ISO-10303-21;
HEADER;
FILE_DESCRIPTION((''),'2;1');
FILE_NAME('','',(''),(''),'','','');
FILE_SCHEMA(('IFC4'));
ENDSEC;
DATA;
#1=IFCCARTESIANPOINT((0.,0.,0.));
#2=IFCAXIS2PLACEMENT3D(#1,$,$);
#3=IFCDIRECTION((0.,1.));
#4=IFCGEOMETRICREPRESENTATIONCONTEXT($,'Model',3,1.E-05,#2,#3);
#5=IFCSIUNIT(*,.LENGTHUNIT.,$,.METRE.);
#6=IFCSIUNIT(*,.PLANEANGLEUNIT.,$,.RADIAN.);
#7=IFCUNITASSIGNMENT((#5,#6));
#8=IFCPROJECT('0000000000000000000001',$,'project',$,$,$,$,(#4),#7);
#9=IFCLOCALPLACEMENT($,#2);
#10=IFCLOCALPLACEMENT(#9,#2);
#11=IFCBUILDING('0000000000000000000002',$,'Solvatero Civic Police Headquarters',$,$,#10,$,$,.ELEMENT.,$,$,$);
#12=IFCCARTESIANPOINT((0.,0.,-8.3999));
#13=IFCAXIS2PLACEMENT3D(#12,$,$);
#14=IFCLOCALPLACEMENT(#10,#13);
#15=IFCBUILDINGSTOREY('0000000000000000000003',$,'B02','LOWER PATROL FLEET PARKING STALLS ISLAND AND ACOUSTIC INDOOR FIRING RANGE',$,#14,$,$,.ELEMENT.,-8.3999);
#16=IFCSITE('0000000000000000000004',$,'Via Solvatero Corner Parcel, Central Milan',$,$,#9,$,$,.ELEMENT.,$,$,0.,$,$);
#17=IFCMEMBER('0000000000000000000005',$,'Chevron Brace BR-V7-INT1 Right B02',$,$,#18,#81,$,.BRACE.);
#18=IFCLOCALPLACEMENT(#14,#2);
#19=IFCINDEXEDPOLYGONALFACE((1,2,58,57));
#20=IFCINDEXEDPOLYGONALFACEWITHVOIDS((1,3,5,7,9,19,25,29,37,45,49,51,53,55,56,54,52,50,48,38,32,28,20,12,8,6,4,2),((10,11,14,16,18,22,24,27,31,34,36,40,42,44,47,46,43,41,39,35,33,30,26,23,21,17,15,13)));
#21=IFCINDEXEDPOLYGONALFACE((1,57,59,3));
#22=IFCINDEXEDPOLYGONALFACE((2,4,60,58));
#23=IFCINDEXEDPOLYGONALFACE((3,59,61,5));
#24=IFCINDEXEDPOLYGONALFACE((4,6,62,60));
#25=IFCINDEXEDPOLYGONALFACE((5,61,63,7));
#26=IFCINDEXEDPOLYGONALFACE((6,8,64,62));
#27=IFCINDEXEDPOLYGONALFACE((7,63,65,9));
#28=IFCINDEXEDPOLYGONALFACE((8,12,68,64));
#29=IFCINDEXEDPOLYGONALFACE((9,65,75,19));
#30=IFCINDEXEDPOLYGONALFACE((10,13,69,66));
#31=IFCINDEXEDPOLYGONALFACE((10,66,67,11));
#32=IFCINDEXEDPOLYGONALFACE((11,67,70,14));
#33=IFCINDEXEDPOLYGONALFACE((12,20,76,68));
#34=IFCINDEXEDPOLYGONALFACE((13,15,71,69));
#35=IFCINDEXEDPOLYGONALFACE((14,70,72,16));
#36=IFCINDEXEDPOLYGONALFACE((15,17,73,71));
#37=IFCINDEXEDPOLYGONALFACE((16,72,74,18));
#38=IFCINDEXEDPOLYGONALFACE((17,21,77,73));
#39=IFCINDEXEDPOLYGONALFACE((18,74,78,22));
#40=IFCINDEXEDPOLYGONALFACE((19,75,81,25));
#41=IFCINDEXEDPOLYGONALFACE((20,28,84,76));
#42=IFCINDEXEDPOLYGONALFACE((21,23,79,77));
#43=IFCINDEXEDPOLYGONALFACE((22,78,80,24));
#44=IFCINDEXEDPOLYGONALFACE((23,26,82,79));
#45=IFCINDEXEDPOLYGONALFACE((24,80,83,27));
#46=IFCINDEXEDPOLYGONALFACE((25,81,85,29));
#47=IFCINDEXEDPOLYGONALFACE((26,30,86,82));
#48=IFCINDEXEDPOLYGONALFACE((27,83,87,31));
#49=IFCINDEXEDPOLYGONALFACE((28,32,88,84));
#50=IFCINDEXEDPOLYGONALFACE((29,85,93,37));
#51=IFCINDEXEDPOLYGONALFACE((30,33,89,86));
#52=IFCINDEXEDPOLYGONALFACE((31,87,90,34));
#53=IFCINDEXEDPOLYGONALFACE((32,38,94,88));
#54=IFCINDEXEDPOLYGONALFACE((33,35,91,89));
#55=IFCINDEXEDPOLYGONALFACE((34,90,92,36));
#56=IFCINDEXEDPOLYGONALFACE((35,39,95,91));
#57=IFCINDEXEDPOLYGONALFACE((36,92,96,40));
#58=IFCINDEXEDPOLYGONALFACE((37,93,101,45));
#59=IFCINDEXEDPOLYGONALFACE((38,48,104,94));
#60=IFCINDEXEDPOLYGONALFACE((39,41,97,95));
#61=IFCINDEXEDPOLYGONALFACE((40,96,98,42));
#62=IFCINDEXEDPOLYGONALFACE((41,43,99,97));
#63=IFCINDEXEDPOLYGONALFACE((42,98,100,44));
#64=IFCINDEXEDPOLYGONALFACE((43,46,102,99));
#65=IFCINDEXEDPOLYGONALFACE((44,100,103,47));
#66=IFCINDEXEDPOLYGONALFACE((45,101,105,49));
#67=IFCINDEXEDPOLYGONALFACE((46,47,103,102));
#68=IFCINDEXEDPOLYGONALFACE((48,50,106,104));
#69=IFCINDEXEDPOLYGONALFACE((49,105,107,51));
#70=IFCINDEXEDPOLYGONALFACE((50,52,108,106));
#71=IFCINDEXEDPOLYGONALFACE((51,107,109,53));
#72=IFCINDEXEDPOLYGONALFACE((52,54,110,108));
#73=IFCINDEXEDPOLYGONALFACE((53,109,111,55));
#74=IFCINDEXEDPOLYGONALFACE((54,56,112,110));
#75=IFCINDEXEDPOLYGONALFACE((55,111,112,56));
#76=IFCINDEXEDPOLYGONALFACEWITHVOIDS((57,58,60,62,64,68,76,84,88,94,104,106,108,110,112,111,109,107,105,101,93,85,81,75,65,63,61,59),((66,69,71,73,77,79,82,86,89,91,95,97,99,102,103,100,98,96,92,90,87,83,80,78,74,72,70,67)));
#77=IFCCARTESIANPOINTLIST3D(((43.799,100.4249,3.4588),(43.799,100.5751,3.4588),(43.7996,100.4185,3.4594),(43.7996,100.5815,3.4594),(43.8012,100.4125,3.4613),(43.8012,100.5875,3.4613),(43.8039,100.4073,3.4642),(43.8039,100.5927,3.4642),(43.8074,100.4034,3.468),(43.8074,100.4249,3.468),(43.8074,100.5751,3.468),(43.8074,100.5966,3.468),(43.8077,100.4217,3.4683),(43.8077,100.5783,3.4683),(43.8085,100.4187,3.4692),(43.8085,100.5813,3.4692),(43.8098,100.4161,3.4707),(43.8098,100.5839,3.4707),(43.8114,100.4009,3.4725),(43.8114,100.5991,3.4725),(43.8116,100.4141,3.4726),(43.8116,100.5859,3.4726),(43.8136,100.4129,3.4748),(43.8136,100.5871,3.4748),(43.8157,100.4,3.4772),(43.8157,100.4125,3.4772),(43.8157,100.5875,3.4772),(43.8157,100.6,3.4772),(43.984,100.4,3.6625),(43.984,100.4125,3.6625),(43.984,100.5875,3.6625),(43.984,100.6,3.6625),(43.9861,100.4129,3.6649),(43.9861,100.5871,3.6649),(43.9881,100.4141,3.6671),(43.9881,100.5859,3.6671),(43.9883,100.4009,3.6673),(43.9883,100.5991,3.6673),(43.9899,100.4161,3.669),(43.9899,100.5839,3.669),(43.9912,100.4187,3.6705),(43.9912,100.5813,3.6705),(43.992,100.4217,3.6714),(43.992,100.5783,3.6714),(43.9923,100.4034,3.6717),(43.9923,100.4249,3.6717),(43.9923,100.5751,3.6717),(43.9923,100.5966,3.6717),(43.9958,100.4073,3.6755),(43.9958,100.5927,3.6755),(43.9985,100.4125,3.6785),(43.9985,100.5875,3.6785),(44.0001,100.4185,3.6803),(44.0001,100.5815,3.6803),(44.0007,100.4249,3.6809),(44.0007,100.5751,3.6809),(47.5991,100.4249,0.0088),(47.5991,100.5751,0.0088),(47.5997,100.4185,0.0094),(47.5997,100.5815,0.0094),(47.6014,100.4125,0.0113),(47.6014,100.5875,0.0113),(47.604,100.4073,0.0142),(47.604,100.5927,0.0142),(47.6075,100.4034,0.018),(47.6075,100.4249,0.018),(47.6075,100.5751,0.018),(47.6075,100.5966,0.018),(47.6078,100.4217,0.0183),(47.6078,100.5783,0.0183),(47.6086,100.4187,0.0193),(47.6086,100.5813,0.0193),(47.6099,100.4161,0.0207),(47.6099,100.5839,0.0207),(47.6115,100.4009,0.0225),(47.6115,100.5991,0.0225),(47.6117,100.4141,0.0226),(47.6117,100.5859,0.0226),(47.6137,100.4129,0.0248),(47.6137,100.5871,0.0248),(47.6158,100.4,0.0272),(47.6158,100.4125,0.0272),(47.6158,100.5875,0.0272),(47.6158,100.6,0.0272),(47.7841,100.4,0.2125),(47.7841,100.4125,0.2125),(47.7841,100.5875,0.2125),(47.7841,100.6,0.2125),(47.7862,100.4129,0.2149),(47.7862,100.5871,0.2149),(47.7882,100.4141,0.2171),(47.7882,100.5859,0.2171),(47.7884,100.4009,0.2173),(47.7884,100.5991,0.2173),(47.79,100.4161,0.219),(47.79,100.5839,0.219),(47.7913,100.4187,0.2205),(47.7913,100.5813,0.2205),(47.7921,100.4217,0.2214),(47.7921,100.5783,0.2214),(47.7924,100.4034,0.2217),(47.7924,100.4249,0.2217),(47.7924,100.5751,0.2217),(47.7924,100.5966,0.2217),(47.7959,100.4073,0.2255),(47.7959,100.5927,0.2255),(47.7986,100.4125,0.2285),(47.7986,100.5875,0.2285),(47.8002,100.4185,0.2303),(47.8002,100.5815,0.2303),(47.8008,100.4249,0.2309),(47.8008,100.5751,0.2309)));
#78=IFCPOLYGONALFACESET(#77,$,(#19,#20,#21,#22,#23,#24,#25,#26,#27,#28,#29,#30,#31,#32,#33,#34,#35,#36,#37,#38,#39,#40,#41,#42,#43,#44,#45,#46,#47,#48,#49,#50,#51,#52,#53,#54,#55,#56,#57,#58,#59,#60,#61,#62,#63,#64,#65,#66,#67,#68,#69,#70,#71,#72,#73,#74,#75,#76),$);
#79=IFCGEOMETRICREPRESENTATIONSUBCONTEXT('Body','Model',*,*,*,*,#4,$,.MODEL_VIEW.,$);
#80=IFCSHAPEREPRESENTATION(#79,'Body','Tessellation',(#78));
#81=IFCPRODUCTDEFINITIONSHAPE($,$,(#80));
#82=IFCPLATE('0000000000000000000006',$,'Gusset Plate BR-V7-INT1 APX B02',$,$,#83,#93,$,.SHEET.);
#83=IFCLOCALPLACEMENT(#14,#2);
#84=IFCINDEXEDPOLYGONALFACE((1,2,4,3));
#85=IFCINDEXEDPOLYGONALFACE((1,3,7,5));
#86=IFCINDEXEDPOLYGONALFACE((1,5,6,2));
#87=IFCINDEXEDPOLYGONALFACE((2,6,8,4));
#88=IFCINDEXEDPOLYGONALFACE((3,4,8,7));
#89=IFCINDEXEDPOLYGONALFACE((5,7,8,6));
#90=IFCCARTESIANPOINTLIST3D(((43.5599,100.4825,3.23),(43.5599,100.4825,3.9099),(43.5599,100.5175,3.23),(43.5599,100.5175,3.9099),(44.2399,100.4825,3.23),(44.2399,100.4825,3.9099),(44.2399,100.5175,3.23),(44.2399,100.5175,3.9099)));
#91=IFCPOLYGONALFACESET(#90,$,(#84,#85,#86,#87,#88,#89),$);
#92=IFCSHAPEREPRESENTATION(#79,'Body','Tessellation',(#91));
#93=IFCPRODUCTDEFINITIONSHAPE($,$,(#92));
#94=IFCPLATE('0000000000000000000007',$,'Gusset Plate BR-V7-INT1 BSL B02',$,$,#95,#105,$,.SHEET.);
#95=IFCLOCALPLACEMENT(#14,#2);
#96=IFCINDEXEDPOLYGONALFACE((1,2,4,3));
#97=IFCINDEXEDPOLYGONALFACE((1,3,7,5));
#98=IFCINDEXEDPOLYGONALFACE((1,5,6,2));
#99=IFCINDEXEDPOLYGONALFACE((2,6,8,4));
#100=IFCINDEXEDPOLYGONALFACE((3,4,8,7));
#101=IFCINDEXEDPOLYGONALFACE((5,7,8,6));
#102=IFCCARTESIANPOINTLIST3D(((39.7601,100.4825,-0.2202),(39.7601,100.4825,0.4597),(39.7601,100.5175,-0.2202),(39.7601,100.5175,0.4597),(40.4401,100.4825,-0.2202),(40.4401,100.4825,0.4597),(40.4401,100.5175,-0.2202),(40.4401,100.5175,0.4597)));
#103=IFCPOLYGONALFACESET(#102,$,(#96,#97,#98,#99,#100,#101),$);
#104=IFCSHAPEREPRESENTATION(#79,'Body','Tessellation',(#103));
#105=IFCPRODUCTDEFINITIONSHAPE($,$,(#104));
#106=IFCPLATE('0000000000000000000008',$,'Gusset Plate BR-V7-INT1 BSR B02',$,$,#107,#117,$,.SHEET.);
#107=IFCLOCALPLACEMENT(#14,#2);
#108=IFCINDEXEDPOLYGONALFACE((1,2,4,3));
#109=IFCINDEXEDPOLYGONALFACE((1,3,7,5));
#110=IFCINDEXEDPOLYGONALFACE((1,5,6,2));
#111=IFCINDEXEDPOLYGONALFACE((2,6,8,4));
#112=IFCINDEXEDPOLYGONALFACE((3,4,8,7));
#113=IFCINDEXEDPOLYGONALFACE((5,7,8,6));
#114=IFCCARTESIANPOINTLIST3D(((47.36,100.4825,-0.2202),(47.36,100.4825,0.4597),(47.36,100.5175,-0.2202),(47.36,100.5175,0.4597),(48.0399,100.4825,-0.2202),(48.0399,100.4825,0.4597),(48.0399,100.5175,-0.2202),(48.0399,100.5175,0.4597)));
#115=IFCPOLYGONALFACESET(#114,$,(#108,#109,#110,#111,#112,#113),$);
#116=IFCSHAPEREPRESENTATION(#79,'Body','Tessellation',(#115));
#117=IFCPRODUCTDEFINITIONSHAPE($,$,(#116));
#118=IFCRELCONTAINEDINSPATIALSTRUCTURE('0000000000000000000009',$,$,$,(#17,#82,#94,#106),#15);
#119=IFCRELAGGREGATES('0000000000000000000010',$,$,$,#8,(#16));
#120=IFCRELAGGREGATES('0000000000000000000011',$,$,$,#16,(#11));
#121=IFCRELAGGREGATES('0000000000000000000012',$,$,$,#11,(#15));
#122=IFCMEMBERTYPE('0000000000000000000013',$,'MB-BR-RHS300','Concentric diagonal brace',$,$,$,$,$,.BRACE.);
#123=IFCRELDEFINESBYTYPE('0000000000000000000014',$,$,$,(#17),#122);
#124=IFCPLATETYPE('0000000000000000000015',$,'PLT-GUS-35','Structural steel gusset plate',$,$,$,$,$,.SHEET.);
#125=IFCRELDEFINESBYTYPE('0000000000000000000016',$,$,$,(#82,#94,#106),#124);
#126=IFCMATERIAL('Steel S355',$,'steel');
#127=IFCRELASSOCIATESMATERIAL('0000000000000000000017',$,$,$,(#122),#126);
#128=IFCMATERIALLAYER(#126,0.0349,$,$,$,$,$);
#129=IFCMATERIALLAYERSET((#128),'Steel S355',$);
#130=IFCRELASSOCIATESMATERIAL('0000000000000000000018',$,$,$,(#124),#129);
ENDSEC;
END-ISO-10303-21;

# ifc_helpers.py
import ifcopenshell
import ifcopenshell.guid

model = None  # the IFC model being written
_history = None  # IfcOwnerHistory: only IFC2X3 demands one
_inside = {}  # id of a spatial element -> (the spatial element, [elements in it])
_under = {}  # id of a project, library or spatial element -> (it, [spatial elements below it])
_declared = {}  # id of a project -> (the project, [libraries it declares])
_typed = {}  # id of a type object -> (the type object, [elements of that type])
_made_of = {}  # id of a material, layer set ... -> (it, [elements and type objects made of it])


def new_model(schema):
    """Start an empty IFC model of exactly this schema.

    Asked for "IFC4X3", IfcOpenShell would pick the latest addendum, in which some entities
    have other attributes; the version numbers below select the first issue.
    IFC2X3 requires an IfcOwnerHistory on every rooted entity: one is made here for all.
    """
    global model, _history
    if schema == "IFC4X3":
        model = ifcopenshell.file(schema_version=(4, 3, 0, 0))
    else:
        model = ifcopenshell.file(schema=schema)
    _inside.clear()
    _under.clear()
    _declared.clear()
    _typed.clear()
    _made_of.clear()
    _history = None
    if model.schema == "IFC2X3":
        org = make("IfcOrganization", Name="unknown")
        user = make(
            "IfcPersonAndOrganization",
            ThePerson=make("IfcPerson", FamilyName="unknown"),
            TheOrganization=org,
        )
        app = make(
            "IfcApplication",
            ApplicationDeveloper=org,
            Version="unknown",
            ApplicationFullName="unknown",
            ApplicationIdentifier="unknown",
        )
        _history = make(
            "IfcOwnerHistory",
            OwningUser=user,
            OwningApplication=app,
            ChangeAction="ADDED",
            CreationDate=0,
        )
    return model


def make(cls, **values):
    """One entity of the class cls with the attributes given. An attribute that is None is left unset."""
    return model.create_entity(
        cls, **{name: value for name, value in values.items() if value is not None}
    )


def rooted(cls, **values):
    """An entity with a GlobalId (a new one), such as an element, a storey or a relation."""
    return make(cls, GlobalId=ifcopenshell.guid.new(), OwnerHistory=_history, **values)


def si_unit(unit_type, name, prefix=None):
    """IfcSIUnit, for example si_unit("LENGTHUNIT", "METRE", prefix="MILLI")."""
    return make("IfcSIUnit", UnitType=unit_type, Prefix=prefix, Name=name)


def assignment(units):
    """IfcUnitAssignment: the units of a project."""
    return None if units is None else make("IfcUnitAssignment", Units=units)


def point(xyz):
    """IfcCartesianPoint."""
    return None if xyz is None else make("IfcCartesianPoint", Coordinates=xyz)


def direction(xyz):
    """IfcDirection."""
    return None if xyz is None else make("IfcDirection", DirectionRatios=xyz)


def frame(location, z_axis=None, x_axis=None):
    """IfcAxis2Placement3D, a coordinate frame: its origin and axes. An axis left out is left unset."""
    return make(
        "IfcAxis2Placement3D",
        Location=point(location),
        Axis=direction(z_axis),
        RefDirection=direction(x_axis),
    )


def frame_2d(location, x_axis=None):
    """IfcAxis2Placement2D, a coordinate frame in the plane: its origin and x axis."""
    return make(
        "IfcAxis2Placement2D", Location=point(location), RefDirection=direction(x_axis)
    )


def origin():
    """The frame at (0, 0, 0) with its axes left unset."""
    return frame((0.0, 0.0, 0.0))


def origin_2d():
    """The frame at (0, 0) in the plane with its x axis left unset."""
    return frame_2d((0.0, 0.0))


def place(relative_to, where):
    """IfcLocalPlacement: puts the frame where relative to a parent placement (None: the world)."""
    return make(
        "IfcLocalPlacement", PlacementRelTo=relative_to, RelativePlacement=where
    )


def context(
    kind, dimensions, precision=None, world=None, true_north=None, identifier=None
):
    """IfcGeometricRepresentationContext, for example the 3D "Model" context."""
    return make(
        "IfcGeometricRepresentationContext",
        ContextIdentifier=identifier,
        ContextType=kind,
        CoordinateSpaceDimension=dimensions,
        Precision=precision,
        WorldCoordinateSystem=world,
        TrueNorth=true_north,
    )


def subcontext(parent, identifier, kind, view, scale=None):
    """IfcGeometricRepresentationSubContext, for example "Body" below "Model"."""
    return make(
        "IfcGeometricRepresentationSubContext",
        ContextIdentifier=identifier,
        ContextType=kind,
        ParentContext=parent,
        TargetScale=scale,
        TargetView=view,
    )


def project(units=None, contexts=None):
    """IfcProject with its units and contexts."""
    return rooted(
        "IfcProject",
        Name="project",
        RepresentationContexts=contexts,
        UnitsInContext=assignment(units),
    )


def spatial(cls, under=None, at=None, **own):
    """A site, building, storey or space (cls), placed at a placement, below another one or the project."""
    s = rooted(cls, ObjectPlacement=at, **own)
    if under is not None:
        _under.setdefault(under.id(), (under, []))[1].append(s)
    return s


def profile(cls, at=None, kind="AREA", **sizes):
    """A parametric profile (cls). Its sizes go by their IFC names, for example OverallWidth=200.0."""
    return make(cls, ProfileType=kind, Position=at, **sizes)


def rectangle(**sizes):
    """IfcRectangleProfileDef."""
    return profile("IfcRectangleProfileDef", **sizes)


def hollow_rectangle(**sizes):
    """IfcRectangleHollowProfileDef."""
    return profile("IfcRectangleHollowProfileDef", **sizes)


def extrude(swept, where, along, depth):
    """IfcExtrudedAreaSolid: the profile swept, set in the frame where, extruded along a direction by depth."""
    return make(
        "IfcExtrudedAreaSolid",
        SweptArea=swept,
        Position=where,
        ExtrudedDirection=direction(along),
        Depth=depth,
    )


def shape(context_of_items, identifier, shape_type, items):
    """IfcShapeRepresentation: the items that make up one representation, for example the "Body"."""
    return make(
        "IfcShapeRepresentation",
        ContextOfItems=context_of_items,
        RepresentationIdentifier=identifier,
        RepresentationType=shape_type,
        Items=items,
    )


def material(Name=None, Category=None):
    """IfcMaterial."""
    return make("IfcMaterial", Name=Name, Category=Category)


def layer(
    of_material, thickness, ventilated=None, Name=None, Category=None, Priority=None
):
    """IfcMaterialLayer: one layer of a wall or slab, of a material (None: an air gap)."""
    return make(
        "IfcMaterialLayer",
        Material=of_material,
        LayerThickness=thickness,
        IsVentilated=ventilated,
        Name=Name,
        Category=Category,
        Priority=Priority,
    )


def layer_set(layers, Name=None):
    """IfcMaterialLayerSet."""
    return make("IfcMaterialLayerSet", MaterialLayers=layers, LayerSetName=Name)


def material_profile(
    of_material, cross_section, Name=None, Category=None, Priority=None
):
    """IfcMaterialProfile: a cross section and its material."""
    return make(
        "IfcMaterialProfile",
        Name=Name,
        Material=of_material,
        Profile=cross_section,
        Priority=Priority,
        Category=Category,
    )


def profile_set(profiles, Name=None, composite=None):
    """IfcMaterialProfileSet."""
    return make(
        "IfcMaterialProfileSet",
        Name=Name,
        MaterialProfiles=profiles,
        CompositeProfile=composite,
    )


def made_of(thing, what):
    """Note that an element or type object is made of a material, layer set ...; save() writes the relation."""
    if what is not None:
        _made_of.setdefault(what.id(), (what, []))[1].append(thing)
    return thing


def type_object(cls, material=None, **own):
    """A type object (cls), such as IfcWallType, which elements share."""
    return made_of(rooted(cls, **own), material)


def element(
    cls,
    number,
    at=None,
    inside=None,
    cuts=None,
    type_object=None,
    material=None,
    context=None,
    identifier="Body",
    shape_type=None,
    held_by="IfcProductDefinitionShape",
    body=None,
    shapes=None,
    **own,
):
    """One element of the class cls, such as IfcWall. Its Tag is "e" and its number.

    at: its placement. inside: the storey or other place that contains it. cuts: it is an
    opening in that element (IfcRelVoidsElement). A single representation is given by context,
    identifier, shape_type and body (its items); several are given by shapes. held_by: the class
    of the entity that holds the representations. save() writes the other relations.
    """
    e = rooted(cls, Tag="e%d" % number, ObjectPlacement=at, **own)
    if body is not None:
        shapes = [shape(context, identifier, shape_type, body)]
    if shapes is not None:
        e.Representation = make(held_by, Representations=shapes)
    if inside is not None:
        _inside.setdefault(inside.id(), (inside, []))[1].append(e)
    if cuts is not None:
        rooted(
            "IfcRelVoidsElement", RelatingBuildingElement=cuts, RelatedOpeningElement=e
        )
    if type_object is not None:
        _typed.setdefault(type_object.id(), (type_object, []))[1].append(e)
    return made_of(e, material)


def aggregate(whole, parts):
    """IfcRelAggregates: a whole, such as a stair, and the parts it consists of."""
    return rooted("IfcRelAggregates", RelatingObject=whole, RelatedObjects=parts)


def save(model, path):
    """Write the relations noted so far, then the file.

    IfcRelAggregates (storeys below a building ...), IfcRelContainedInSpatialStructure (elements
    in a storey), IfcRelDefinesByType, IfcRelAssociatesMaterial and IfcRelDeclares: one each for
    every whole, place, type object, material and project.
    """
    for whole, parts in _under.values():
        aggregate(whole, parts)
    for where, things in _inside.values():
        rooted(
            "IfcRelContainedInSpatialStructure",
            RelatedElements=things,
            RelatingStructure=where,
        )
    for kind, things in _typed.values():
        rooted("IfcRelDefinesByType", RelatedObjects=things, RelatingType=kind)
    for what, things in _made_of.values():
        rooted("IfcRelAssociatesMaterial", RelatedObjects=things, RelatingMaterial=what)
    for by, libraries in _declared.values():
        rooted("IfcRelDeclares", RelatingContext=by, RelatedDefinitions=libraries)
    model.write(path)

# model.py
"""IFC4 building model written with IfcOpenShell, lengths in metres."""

from ifc_helpers import new_model, si_unit, direction, frame, origin, origin_2d, place, context, subcontext, project, spatial, rectangle, hollow_rectangle, extrude, material, layer, layer_set, material_profile, profile_set, type_object, element, save


model = new_model("IFC4")

# Units and contexts
model_context = context("Model", 3, precision=1e-05, world=origin(), true_north=direction((0.0, 1.0)))
body_context = subcontext(model_context, "Body", "Model", "MODEL_VIEW")
ifc_project = project(units=[si_unit("LENGTHUNIT", "METRE"), si_unit("PLANEANGLEUNIT", "RADIAN")], contexts=[model_context])

# Site, building, storey
site_placement = place(None, origin())
site = spatial("IfcSite", under=ifc_project, at=site_placement, Name="Via Solvatero Corner Parcel, Central Milan", CompositionType="ELEMENT", RefElevation=0.0)
building_placement = place(site_placement, origin())
building = spatial("IfcBuilding", under=site, at=building_placement, Name="Solvatero Civic Police Headquarters", CompositionType="ELEMENT")
storey_placement = place(building_placement, frame((0.0, 0.0, -8.3999)))
storey = spatial("IfcBuildingStorey", under=building, at=storey_placement, Name="B02", Description="LOWER PATROL FLEET PARKING STALLS ISLAND AND ACOUSTIC INDOOR FIRING RANGE", CompositionType="ELEMENT", Elevation=-8.3999)

# Member
ifc_material_1 = material(Name="Steel S355", Category="steel")
ifc_material_profile_1 = material_profile(ifc_material_1, hollow_rectangle(XDim=0.2, YDim=0.3, WallThickness=0.0125, InnerFilletRadius=0.0125, OuterFilletRadius=0.0249, at=origin_2d()), Name="RHS 300x200x12.5")
ifc_profile_set_1 = profile_set([ifc_material_profile_1], Name="Steel S355")
member_type = type_object("IfcMemberType", Name="MB-BR-RHS300", Description="Concentric diagonal brace", PredefinedType="BRACE", material=ifc_profile_set_1)
member_1_placement = place(storey_placement, frame((47.7, 100.5, 0.1199), z_axis=(-0.74039, 0.0, 0.672178), x_axis=(0.0, -1.0, 0.0)))
element("IfcMember", 1, at=member_1_placement, inside=storey, type_object=member_type, Name="Chevron Brace BR-V7-INT1 Right B02", PredefinedType="BRACE", context=body_context, shape_type="SweptSolid", body=[
    extrude(hollow_rectangle(XDim=0.2, YDim=0.3, WallThickness=0.0125, InnerFilletRadius=0.0125, OuterFilletRadius=0.0249, at=origin_2d()), origin(), (0.0, 0.0, 1.0), 5.1326),
])

# Plates
ifc_layer = layer(ifc_material_1, 0.0349)
ifc_layer_set = layer_set([ifc_layer], Name="Steel S355")
plate_type = type_object("IfcPlateType", Name="PLT-GUS-35", Description="Structural steel gusset plate", PredefinedType="SHEET", material=ifc_layer_set)
for number, where, z_axis, x_axis, name in (
    (2, (43.8999, 100.5, 3.23), (0.0, 0.0, 1.0), (1.0, 0.0, 0.0), "Gusset Plate BR-V7-INT1 APX B02"),
    (3, (40.1001, 100.5, -0.2202), (0.0, 0.0, 1.0), (1.0, 0.0, 0.0), "Gusset Plate BR-V7-INT1 BSL B02"),
    (4, (47.7, 100.5, -0.2202), (0.0, 0.0, 1.0), (1.0, 0.0, 0.0), "Gusset Plate BR-V7-INT1 BSR B02"),
):
    element("IfcPlate", number, at=place(storey_placement, frame(where, z_axis=z_axis, x_axis=x_axis)), inside=storey, type_object=plate_type, Name=name, PredefinedType="SHEET", context=body_context, shape_type="SweptSolid", body=[
        extrude(rectangle(XDim=0.6799, YDim=0.0349, at=origin_2d()), origin(), (0.0, 0.0, 1.0), 0.6799),
    ])

save(model, "model.ifc")
